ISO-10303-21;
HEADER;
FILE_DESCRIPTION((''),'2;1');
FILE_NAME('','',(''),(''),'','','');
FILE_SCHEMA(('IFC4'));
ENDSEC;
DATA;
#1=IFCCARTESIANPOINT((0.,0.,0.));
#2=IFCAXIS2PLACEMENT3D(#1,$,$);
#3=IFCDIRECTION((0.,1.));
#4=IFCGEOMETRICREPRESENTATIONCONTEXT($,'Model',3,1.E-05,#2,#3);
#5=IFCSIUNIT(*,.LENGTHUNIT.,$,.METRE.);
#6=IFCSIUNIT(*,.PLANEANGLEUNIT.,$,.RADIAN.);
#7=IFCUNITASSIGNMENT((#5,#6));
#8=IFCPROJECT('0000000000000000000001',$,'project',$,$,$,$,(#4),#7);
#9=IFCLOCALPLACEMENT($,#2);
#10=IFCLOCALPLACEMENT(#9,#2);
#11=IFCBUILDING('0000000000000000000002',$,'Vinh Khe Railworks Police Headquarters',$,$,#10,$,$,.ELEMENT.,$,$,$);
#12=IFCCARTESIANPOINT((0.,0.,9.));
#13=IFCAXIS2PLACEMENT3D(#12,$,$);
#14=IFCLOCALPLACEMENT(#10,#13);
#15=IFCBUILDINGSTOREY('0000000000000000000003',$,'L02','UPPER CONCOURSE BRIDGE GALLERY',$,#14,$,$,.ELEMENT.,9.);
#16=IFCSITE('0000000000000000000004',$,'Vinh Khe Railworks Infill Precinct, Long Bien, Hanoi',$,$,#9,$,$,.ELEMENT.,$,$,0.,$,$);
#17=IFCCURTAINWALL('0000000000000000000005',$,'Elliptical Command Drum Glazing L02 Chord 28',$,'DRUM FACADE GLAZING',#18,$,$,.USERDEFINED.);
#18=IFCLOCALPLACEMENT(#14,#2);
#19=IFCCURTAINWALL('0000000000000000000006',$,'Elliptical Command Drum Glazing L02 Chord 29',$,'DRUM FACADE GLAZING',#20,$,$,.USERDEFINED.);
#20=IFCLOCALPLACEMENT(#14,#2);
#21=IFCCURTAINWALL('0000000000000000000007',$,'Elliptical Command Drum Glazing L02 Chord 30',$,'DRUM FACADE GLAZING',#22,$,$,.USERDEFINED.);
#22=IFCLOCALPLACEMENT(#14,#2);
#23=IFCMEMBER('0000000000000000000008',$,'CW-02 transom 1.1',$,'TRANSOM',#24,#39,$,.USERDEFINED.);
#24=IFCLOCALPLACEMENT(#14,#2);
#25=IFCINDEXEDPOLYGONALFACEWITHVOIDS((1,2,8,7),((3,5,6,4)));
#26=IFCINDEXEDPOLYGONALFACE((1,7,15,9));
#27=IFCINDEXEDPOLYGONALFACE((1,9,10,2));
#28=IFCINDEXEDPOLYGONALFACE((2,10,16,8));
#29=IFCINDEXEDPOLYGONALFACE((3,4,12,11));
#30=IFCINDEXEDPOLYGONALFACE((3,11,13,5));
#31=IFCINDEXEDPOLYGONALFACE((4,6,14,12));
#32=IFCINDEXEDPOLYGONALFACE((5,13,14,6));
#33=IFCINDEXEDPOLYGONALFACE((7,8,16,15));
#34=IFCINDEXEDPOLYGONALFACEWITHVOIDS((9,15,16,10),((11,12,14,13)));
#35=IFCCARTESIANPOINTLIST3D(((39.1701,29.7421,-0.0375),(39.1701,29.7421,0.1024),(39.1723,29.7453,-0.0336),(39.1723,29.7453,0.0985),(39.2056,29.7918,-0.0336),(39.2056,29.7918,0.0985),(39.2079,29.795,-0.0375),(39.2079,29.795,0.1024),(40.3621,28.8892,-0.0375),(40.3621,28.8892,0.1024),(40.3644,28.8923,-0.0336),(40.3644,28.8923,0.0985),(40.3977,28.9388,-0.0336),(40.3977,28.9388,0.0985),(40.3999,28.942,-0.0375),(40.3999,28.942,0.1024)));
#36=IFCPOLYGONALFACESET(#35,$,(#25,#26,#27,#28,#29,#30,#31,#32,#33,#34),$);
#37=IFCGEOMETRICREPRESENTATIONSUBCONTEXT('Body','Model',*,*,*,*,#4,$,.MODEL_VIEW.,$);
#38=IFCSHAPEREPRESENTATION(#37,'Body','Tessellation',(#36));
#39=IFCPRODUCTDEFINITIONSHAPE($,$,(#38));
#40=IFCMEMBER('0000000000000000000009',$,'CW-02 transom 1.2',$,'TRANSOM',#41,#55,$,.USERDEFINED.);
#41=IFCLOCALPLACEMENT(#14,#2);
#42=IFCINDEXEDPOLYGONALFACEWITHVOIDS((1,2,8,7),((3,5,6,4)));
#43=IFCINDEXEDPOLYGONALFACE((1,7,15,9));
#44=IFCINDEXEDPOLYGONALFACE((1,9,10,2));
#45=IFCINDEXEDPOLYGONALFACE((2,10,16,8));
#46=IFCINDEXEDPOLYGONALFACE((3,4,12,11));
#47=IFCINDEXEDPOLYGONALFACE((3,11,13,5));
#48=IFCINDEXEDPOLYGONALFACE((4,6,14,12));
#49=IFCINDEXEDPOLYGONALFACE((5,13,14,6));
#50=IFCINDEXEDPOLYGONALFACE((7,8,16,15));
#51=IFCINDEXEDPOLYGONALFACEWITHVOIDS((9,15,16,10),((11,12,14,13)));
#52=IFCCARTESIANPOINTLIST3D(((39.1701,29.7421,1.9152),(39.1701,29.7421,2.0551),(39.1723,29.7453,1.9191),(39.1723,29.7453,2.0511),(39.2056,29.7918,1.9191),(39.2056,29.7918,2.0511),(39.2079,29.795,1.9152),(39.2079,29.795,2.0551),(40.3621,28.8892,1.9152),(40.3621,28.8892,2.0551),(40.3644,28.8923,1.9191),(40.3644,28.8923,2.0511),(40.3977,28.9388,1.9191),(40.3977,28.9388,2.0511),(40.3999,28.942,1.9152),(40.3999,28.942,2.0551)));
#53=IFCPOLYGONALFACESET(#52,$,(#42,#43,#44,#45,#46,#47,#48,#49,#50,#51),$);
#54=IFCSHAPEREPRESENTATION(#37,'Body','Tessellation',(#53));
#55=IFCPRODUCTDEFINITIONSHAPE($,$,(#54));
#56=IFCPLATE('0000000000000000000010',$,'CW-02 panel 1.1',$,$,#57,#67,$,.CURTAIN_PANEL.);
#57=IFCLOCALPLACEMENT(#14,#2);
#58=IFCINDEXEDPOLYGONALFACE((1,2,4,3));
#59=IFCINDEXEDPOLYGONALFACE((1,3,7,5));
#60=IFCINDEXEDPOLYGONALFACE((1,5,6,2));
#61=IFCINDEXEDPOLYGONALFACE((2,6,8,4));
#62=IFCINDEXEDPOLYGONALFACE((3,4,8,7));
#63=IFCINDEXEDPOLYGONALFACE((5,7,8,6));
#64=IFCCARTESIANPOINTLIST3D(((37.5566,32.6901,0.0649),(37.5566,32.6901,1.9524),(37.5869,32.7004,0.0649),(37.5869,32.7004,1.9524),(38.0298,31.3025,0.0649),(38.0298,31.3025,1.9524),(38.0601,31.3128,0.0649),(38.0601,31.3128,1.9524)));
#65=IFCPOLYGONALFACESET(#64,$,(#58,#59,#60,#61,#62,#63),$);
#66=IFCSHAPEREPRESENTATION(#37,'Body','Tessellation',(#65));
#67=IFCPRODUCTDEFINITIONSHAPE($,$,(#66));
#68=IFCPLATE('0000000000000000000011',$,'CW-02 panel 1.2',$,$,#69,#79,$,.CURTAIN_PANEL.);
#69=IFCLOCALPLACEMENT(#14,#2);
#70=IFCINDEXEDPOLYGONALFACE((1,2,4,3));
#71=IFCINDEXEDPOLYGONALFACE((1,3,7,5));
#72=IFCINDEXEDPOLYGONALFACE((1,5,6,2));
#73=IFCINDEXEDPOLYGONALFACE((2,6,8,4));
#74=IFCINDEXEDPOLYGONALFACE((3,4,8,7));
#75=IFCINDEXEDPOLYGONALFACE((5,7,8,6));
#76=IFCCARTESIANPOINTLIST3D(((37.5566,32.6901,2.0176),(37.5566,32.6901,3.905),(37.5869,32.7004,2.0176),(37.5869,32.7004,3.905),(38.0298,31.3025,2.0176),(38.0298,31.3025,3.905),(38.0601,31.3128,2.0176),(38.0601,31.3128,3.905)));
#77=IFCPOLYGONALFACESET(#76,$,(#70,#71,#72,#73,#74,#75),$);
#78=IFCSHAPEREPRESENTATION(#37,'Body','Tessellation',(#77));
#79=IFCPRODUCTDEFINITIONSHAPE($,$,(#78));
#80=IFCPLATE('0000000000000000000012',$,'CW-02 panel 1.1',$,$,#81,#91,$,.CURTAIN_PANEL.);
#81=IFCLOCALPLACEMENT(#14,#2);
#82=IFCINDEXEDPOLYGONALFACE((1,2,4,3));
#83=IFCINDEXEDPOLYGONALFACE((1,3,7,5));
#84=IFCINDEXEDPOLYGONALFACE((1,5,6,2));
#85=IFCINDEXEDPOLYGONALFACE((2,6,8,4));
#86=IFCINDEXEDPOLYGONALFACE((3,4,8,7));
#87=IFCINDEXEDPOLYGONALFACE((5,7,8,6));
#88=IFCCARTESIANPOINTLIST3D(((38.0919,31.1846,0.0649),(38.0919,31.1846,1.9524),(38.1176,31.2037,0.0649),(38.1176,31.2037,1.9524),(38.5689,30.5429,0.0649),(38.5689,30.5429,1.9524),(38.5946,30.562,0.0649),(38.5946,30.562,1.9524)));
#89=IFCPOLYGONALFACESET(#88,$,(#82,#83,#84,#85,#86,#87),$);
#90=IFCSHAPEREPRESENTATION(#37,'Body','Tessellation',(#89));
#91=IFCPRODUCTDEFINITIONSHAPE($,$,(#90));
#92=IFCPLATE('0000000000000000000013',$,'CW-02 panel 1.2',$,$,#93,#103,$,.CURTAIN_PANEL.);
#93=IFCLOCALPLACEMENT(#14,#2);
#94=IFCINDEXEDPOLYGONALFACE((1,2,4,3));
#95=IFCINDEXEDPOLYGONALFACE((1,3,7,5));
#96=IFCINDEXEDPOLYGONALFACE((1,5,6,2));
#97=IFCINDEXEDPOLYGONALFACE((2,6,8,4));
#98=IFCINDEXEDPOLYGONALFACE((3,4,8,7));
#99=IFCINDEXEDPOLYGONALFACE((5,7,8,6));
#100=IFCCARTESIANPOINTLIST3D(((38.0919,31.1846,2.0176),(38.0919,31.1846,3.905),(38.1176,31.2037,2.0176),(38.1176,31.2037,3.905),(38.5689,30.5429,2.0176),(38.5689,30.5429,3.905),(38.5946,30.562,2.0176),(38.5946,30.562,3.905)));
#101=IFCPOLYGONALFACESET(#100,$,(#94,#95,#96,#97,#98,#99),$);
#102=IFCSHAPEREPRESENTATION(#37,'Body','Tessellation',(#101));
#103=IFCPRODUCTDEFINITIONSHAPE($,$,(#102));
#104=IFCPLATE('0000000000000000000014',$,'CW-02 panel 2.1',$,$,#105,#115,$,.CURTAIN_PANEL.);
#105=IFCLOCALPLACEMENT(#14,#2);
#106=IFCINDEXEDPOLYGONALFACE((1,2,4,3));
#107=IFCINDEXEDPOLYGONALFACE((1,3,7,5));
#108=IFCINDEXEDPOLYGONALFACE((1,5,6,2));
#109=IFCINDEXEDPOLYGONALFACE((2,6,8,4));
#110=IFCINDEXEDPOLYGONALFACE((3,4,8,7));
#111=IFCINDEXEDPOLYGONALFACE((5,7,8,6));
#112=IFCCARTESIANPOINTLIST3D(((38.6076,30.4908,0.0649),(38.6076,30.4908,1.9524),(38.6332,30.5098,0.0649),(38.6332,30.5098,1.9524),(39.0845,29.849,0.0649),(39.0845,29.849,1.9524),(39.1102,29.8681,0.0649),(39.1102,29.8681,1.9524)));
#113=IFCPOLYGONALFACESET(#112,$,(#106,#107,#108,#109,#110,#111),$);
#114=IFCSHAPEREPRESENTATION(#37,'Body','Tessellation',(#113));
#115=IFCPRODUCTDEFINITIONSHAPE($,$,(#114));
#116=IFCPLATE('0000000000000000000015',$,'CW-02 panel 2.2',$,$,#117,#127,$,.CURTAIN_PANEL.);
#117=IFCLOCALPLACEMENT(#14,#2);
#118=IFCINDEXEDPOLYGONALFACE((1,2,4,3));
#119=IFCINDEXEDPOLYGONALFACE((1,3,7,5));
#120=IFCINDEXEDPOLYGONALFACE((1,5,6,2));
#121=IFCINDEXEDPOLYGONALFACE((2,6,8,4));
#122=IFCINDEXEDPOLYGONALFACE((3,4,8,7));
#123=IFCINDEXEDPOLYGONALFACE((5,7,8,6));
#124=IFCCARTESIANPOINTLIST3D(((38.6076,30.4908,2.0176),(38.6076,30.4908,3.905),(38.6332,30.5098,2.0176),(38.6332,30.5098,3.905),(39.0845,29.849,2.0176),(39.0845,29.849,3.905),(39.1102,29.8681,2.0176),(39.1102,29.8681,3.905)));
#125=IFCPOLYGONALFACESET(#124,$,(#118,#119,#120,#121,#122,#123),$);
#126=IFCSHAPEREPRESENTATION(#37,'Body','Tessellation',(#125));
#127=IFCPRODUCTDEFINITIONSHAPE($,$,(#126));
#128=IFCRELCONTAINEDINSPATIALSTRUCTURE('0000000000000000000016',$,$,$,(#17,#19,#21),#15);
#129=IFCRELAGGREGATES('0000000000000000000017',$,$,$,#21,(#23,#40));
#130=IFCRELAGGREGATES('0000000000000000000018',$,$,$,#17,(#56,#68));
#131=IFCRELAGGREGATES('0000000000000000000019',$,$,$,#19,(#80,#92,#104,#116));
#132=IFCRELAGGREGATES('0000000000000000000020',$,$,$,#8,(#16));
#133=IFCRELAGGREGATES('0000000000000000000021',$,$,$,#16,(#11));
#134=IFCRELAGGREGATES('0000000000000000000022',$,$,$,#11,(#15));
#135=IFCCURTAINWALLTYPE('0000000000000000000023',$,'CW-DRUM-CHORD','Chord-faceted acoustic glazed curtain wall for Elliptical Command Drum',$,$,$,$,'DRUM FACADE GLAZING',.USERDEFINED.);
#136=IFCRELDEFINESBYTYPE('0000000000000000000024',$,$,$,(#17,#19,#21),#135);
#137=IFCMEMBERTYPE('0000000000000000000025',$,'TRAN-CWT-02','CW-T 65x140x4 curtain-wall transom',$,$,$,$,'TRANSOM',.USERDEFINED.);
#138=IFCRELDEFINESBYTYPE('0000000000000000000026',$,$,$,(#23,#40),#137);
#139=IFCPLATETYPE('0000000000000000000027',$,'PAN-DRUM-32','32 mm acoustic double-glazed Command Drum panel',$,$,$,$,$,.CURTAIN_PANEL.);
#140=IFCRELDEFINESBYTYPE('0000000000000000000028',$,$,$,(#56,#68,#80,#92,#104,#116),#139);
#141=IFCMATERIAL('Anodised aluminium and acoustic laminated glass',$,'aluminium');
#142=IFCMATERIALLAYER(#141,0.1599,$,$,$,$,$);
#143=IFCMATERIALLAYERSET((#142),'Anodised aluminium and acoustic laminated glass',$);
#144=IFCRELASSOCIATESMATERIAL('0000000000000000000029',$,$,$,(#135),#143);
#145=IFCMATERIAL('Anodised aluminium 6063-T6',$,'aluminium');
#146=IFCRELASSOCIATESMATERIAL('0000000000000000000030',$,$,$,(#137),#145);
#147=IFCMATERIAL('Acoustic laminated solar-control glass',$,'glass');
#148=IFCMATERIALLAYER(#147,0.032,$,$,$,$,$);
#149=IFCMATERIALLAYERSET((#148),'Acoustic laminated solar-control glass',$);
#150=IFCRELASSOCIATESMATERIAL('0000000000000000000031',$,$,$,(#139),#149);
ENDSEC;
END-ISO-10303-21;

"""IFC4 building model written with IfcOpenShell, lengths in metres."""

from ifc_helpers import new_model, si_unit, direction, frame, origin, origin_2d, place, context, subcontext, project, spatial, rectangle, hollow_rectangle, extrude, material, layer, layer_set, material_profile, profile_set, type_object, element, aggregate, save


model = new_model("IFC4")

# Units and contexts
model_context = context("Model", 3, precision=1e-05, world=origin(), true_north=direction((0.0, 1.0)))
body_context = subcontext(model_context, "Body", "Model", "MODEL_VIEW")
ifc_project = project(units=[si_unit("LENGTHUNIT", "METRE"), si_unit("PLANEANGLEUNIT", "RADIAN")], contexts=[model_context])

# Site, building, storey
site_placement = place(None, origin())
site = spatial("IfcSite", under=ifc_project, at=site_placement, Name="Vinh Khe Railworks Infill Precinct, Long Bien, Hanoi", CompositionType="ELEMENT", RefElevation=0.0)
building_placement = place(site_placement, origin())
building = spatial("IfcBuilding", under=site, at=building_placement, Name="Vinh Khe Railworks Police Headquarters", CompositionType="ELEMENT")
storey_placement = place(building_placement, frame((0.0, 0.0, 9.0)))
storey = spatial("IfcBuildingStorey", under=building, at=storey_placement, Name="L02", Description="UPPER CONCOURSE BRIDGE GALLERY", CompositionType="ELEMENT", Elevation=9.0)

# Curtain wall
ifc_material_1 = material(Name="Anodised aluminium and acoustic laminated glass", Category="aluminium")
ifc_layer_1 = layer(ifc_material_1, 0.1599)
ifc_layer_set_1 = layer_set([ifc_layer_1], Name="Anodised aluminium and acoustic laminated glass")
curtain_wall_type = type_object("IfcCurtainWallType", Name="CW-DRUM-CHORD", Description="Chord-faceted acoustic glazed curtain wall for Elliptical Command Drum", ElementType="DRUM FACADE GLAZING", PredefinedType="USERDEFINED", material=ifc_layer_set_1)
curtain_wall_1_placement = place(storey_placement, origin())
curtain_wall_1 = element("IfcCurtainWall", 1, at=curtain_wall_1_placement, inside=storey, type_object=curtain_wall_type, Name="Elliptical Command Drum Glazing L02 Chord 28", ObjectType="DRUM FACADE GLAZING", PredefinedType="USERDEFINED")
ifc_material_2 = material(Name="Anodised aluminium 6063-T6", Category="aluminium")

# Curtain wall
curtain_wall_2_placement = place(storey_placement, origin())
curtain_wall_2 = element("IfcCurtainWall", 2, at=curtain_wall_2_placement, inside=storey, type_object=curtain_wall_type, Name="Elliptical Command Drum Glazing L02 Chord 29", ObjectType="DRUM FACADE GLAZING", PredefinedType="USERDEFINED")

# Curtain wall
curtain_wall_3_placement = place(storey_placement, origin())
curtain_wall_3 = element("IfcCurtainWall", 3, at=curtain_wall_3_placement, inside=storey, type_object=curtain_wall_type, Name="Elliptical Command Drum Glazing L02 Chord 30", ObjectType="DRUM FACADE GLAZING", PredefinedType="USERDEFINED")

# Members
ifc_material_profile_1 = material_profile(ifc_material_2, hollow_rectangle(XDim=0.0649, YDim=0.1399, WallThickness=0.0039, at=origin_2d()), Name="CW-T 65x140x4")
ifc_profile_set_1 = profile_set([ifc_material_profile_1], Name="Anodised aluminium 6063-T6")
member_type_1 = type_object("IfcMemberType", Name="TRAN-CWT-02", Description="CW-T 65x140x4 curtain-wall transom", ElementType="TRANSOM", PredefinedType="USERDEFINED", material=ifc_profile_set_1)
member_1_placement = place(storey_placement, frame((39.189, 29.7686, 0.0325), z_axis=(0.813249, -0.581915, 0.0), x_axis=(0.581915, 0.813249, 0.0)))
member_1 = element("IfcMember", 4, at=member_1_placement, type_object=member_type_1, Name="CW-02 transom 1.1", ObjectType="TRANSOM", PredefinedType="USERDEFINED", context=body_context, shape_type="SweptSolid", body=[
    extrude(hollow_rectangle(XDim=0.0649, YDim=0.1399, WallThickness=0.0039, at=origin_2d()), origin(), (0.0, 0.0, 1.0), 1.4658),
])
member_2_placement = place(storey_placement, frame((39.189, 29.7686, 1.9851), z_axis=(0.813249, -0.581915, 0.0), x_axis=(0.581915, 0.813249, 0.0)))
member_2 = element("IfcMember", 5, at=member_2_placement, type_object=member_type_1, Name="CW-02 transom 1.2", ObjectType="TRANSOM", PredefinedType="USERDEFINED", context=body_context, shape_type="SweptSolid", body=[
    extrude(hollow_rectangle(XDim=0.0649, YDim=0.1399, WallThickness=0.0039, at=origin_2d()), origin(), (0.0, 0.0, 1.0), 1.4658),
])
aggregate(curtain_wall_3, [member_1, member_2])

# Plates
ifc_material_3 = material(Name="Acoustic laminated solar-control glass", Category="glass")
ifc_layer_2 = layer(ifc_material_3, 0.032)
ifc_layer_set_2 = layer_set([ifc_layer_2], Name="Acoustic laminated solar-control glass")
plate_type = type_object("IfcPlateType", Name="PAN-DRUM-32", Description="32 mm acoustic double-glazed Command Drum panel", PredefinedType="CURTAIN_PANEL", material=ifc_layer_set_2)
plate_1_placement = place(storey_placement, frame((37.8083, 32.0015, 0.0649), z_axis=(0.0, 0.0, 1.0), x_axis=(0.322746, -0.946486, 0.0)))
plate_1 = element("IfcPlate", 6, at=plate_1_placement, type_object=plate_type, Name="CW-02 panel 1.1", PredefinedType="CURTAIN_PANEL", context=body_context, shape_type="SweptSolid", body=[
    extrude(rectangle(XDim=1.4661, YDim=0.032, at=origin_2d()), origin(), (0.0, 0.0, 1.0), 1.8875),
])
plate_2_placement = place(storey_placement, frame((37.8083, 32.0015, 2.0176), z_axis=(0.0, 0.0, 1.0), x_axis=(0.322746, -0.946486, 0.0)))
plate_2 = element("IfcPlate", 7, at=plate_2_placement, type_object=plate_type, Name="CW-02 panel 1.2", PredefinedType="CURTAIN_PANEL", context=body_context, shape_type="SweptSolid", body=[
    extrude(rectangle(XDim=1.4661, YDim=0.032, at=origin_2d()), origin(), (0.0, 0.0, 1.0), 1.8875),
])
aggregate(curtain_wall_1, [plate_1, plate_2])
plate_3_placement = place(storey_placement, frame((38.3433, 30.8733, 0.0649), z_axis=(0.0, 0.0, 1.0), x_axis=(0.596528, -0.802592, 0.0)))
plate_3 = element("IfcPlate", 8, at=plate_3_placement, type_object=plate_type, Name="CW-02 panel 1.1", PredefinedType="CURTAIN_PANEL", context=body_context, shape_type="SweptSolid", body=[
    extrude(rectangle(XDim=0.7996, YDim=0.032, at=origin_2d()), origin(), (0.0, 0.0, 1.0), 1.8875),
])
plate_4_placement = place(storey_placement, frame((38.3433, 30.8733, 2.0176), z_axis=(0.0, 0.0, 1.0), x_axis=(0.596528, -0.802592, 0.0)))
plate_4 = element("IfcPlate", 9, at=plate_4_placement, type_object=plate_type, Name="CW-02 panel 1.2", PredefinedType="CURTAIN_PANEL", context=body_context, shape_type="SweptSolid", body=[
    extrude(rectangle(XDim=0.7996, YDim=0.032, at=origin_2d()), origin(), (0.0, 0.0, 1.0), 1.8875),
])
plate_5_placement = place(storey_placement, frame((38.8589, 30.1794, 0.0649), z_axis=(0.0, 0.0, 1.0), x_axis=(0.596528, -0.802592, 0.0)))
plate_5 = element("IfcPlate", 10, at=plate_5_placement, type_object=plate_type, Name="CW-02 panel 2.1", PredefinedType="CURTAIN_PANEL", context=body_context, shape_type="SweptSolid", body=[
    extrude(rectangle(XDim=0.7996, YDim=0.032, at=origin_2d()), origin(), (0.0, 0.0, 1.0), 1.8875),
])
plate_6_placement = place(storey_placement, frame((38.8589, 30.1794, 2.0176), z_axis=(0.0, 0.0, 1.0), x_axis=(0.596528, -0.802592, 0.0)))
plate_6 = element("IfcPlate", 11, at=plate_6_placement, type_object=plate_type, Name="CW-02 panel 2.2", PredefinedType="CURTAIN_PANEL", context=body_context, shape_type="SweptSolid", body=[
    extrude(rectangle(XDim=0.7996, YDim=0.032, at=origin_2d()), origin(), (0.0, 0.0, 1.0), 1.8875),
])
aggregate(curtain_wall_2, [plate_3, plate_4, plate_5, plate_6])

save(model, "model.ifc")
